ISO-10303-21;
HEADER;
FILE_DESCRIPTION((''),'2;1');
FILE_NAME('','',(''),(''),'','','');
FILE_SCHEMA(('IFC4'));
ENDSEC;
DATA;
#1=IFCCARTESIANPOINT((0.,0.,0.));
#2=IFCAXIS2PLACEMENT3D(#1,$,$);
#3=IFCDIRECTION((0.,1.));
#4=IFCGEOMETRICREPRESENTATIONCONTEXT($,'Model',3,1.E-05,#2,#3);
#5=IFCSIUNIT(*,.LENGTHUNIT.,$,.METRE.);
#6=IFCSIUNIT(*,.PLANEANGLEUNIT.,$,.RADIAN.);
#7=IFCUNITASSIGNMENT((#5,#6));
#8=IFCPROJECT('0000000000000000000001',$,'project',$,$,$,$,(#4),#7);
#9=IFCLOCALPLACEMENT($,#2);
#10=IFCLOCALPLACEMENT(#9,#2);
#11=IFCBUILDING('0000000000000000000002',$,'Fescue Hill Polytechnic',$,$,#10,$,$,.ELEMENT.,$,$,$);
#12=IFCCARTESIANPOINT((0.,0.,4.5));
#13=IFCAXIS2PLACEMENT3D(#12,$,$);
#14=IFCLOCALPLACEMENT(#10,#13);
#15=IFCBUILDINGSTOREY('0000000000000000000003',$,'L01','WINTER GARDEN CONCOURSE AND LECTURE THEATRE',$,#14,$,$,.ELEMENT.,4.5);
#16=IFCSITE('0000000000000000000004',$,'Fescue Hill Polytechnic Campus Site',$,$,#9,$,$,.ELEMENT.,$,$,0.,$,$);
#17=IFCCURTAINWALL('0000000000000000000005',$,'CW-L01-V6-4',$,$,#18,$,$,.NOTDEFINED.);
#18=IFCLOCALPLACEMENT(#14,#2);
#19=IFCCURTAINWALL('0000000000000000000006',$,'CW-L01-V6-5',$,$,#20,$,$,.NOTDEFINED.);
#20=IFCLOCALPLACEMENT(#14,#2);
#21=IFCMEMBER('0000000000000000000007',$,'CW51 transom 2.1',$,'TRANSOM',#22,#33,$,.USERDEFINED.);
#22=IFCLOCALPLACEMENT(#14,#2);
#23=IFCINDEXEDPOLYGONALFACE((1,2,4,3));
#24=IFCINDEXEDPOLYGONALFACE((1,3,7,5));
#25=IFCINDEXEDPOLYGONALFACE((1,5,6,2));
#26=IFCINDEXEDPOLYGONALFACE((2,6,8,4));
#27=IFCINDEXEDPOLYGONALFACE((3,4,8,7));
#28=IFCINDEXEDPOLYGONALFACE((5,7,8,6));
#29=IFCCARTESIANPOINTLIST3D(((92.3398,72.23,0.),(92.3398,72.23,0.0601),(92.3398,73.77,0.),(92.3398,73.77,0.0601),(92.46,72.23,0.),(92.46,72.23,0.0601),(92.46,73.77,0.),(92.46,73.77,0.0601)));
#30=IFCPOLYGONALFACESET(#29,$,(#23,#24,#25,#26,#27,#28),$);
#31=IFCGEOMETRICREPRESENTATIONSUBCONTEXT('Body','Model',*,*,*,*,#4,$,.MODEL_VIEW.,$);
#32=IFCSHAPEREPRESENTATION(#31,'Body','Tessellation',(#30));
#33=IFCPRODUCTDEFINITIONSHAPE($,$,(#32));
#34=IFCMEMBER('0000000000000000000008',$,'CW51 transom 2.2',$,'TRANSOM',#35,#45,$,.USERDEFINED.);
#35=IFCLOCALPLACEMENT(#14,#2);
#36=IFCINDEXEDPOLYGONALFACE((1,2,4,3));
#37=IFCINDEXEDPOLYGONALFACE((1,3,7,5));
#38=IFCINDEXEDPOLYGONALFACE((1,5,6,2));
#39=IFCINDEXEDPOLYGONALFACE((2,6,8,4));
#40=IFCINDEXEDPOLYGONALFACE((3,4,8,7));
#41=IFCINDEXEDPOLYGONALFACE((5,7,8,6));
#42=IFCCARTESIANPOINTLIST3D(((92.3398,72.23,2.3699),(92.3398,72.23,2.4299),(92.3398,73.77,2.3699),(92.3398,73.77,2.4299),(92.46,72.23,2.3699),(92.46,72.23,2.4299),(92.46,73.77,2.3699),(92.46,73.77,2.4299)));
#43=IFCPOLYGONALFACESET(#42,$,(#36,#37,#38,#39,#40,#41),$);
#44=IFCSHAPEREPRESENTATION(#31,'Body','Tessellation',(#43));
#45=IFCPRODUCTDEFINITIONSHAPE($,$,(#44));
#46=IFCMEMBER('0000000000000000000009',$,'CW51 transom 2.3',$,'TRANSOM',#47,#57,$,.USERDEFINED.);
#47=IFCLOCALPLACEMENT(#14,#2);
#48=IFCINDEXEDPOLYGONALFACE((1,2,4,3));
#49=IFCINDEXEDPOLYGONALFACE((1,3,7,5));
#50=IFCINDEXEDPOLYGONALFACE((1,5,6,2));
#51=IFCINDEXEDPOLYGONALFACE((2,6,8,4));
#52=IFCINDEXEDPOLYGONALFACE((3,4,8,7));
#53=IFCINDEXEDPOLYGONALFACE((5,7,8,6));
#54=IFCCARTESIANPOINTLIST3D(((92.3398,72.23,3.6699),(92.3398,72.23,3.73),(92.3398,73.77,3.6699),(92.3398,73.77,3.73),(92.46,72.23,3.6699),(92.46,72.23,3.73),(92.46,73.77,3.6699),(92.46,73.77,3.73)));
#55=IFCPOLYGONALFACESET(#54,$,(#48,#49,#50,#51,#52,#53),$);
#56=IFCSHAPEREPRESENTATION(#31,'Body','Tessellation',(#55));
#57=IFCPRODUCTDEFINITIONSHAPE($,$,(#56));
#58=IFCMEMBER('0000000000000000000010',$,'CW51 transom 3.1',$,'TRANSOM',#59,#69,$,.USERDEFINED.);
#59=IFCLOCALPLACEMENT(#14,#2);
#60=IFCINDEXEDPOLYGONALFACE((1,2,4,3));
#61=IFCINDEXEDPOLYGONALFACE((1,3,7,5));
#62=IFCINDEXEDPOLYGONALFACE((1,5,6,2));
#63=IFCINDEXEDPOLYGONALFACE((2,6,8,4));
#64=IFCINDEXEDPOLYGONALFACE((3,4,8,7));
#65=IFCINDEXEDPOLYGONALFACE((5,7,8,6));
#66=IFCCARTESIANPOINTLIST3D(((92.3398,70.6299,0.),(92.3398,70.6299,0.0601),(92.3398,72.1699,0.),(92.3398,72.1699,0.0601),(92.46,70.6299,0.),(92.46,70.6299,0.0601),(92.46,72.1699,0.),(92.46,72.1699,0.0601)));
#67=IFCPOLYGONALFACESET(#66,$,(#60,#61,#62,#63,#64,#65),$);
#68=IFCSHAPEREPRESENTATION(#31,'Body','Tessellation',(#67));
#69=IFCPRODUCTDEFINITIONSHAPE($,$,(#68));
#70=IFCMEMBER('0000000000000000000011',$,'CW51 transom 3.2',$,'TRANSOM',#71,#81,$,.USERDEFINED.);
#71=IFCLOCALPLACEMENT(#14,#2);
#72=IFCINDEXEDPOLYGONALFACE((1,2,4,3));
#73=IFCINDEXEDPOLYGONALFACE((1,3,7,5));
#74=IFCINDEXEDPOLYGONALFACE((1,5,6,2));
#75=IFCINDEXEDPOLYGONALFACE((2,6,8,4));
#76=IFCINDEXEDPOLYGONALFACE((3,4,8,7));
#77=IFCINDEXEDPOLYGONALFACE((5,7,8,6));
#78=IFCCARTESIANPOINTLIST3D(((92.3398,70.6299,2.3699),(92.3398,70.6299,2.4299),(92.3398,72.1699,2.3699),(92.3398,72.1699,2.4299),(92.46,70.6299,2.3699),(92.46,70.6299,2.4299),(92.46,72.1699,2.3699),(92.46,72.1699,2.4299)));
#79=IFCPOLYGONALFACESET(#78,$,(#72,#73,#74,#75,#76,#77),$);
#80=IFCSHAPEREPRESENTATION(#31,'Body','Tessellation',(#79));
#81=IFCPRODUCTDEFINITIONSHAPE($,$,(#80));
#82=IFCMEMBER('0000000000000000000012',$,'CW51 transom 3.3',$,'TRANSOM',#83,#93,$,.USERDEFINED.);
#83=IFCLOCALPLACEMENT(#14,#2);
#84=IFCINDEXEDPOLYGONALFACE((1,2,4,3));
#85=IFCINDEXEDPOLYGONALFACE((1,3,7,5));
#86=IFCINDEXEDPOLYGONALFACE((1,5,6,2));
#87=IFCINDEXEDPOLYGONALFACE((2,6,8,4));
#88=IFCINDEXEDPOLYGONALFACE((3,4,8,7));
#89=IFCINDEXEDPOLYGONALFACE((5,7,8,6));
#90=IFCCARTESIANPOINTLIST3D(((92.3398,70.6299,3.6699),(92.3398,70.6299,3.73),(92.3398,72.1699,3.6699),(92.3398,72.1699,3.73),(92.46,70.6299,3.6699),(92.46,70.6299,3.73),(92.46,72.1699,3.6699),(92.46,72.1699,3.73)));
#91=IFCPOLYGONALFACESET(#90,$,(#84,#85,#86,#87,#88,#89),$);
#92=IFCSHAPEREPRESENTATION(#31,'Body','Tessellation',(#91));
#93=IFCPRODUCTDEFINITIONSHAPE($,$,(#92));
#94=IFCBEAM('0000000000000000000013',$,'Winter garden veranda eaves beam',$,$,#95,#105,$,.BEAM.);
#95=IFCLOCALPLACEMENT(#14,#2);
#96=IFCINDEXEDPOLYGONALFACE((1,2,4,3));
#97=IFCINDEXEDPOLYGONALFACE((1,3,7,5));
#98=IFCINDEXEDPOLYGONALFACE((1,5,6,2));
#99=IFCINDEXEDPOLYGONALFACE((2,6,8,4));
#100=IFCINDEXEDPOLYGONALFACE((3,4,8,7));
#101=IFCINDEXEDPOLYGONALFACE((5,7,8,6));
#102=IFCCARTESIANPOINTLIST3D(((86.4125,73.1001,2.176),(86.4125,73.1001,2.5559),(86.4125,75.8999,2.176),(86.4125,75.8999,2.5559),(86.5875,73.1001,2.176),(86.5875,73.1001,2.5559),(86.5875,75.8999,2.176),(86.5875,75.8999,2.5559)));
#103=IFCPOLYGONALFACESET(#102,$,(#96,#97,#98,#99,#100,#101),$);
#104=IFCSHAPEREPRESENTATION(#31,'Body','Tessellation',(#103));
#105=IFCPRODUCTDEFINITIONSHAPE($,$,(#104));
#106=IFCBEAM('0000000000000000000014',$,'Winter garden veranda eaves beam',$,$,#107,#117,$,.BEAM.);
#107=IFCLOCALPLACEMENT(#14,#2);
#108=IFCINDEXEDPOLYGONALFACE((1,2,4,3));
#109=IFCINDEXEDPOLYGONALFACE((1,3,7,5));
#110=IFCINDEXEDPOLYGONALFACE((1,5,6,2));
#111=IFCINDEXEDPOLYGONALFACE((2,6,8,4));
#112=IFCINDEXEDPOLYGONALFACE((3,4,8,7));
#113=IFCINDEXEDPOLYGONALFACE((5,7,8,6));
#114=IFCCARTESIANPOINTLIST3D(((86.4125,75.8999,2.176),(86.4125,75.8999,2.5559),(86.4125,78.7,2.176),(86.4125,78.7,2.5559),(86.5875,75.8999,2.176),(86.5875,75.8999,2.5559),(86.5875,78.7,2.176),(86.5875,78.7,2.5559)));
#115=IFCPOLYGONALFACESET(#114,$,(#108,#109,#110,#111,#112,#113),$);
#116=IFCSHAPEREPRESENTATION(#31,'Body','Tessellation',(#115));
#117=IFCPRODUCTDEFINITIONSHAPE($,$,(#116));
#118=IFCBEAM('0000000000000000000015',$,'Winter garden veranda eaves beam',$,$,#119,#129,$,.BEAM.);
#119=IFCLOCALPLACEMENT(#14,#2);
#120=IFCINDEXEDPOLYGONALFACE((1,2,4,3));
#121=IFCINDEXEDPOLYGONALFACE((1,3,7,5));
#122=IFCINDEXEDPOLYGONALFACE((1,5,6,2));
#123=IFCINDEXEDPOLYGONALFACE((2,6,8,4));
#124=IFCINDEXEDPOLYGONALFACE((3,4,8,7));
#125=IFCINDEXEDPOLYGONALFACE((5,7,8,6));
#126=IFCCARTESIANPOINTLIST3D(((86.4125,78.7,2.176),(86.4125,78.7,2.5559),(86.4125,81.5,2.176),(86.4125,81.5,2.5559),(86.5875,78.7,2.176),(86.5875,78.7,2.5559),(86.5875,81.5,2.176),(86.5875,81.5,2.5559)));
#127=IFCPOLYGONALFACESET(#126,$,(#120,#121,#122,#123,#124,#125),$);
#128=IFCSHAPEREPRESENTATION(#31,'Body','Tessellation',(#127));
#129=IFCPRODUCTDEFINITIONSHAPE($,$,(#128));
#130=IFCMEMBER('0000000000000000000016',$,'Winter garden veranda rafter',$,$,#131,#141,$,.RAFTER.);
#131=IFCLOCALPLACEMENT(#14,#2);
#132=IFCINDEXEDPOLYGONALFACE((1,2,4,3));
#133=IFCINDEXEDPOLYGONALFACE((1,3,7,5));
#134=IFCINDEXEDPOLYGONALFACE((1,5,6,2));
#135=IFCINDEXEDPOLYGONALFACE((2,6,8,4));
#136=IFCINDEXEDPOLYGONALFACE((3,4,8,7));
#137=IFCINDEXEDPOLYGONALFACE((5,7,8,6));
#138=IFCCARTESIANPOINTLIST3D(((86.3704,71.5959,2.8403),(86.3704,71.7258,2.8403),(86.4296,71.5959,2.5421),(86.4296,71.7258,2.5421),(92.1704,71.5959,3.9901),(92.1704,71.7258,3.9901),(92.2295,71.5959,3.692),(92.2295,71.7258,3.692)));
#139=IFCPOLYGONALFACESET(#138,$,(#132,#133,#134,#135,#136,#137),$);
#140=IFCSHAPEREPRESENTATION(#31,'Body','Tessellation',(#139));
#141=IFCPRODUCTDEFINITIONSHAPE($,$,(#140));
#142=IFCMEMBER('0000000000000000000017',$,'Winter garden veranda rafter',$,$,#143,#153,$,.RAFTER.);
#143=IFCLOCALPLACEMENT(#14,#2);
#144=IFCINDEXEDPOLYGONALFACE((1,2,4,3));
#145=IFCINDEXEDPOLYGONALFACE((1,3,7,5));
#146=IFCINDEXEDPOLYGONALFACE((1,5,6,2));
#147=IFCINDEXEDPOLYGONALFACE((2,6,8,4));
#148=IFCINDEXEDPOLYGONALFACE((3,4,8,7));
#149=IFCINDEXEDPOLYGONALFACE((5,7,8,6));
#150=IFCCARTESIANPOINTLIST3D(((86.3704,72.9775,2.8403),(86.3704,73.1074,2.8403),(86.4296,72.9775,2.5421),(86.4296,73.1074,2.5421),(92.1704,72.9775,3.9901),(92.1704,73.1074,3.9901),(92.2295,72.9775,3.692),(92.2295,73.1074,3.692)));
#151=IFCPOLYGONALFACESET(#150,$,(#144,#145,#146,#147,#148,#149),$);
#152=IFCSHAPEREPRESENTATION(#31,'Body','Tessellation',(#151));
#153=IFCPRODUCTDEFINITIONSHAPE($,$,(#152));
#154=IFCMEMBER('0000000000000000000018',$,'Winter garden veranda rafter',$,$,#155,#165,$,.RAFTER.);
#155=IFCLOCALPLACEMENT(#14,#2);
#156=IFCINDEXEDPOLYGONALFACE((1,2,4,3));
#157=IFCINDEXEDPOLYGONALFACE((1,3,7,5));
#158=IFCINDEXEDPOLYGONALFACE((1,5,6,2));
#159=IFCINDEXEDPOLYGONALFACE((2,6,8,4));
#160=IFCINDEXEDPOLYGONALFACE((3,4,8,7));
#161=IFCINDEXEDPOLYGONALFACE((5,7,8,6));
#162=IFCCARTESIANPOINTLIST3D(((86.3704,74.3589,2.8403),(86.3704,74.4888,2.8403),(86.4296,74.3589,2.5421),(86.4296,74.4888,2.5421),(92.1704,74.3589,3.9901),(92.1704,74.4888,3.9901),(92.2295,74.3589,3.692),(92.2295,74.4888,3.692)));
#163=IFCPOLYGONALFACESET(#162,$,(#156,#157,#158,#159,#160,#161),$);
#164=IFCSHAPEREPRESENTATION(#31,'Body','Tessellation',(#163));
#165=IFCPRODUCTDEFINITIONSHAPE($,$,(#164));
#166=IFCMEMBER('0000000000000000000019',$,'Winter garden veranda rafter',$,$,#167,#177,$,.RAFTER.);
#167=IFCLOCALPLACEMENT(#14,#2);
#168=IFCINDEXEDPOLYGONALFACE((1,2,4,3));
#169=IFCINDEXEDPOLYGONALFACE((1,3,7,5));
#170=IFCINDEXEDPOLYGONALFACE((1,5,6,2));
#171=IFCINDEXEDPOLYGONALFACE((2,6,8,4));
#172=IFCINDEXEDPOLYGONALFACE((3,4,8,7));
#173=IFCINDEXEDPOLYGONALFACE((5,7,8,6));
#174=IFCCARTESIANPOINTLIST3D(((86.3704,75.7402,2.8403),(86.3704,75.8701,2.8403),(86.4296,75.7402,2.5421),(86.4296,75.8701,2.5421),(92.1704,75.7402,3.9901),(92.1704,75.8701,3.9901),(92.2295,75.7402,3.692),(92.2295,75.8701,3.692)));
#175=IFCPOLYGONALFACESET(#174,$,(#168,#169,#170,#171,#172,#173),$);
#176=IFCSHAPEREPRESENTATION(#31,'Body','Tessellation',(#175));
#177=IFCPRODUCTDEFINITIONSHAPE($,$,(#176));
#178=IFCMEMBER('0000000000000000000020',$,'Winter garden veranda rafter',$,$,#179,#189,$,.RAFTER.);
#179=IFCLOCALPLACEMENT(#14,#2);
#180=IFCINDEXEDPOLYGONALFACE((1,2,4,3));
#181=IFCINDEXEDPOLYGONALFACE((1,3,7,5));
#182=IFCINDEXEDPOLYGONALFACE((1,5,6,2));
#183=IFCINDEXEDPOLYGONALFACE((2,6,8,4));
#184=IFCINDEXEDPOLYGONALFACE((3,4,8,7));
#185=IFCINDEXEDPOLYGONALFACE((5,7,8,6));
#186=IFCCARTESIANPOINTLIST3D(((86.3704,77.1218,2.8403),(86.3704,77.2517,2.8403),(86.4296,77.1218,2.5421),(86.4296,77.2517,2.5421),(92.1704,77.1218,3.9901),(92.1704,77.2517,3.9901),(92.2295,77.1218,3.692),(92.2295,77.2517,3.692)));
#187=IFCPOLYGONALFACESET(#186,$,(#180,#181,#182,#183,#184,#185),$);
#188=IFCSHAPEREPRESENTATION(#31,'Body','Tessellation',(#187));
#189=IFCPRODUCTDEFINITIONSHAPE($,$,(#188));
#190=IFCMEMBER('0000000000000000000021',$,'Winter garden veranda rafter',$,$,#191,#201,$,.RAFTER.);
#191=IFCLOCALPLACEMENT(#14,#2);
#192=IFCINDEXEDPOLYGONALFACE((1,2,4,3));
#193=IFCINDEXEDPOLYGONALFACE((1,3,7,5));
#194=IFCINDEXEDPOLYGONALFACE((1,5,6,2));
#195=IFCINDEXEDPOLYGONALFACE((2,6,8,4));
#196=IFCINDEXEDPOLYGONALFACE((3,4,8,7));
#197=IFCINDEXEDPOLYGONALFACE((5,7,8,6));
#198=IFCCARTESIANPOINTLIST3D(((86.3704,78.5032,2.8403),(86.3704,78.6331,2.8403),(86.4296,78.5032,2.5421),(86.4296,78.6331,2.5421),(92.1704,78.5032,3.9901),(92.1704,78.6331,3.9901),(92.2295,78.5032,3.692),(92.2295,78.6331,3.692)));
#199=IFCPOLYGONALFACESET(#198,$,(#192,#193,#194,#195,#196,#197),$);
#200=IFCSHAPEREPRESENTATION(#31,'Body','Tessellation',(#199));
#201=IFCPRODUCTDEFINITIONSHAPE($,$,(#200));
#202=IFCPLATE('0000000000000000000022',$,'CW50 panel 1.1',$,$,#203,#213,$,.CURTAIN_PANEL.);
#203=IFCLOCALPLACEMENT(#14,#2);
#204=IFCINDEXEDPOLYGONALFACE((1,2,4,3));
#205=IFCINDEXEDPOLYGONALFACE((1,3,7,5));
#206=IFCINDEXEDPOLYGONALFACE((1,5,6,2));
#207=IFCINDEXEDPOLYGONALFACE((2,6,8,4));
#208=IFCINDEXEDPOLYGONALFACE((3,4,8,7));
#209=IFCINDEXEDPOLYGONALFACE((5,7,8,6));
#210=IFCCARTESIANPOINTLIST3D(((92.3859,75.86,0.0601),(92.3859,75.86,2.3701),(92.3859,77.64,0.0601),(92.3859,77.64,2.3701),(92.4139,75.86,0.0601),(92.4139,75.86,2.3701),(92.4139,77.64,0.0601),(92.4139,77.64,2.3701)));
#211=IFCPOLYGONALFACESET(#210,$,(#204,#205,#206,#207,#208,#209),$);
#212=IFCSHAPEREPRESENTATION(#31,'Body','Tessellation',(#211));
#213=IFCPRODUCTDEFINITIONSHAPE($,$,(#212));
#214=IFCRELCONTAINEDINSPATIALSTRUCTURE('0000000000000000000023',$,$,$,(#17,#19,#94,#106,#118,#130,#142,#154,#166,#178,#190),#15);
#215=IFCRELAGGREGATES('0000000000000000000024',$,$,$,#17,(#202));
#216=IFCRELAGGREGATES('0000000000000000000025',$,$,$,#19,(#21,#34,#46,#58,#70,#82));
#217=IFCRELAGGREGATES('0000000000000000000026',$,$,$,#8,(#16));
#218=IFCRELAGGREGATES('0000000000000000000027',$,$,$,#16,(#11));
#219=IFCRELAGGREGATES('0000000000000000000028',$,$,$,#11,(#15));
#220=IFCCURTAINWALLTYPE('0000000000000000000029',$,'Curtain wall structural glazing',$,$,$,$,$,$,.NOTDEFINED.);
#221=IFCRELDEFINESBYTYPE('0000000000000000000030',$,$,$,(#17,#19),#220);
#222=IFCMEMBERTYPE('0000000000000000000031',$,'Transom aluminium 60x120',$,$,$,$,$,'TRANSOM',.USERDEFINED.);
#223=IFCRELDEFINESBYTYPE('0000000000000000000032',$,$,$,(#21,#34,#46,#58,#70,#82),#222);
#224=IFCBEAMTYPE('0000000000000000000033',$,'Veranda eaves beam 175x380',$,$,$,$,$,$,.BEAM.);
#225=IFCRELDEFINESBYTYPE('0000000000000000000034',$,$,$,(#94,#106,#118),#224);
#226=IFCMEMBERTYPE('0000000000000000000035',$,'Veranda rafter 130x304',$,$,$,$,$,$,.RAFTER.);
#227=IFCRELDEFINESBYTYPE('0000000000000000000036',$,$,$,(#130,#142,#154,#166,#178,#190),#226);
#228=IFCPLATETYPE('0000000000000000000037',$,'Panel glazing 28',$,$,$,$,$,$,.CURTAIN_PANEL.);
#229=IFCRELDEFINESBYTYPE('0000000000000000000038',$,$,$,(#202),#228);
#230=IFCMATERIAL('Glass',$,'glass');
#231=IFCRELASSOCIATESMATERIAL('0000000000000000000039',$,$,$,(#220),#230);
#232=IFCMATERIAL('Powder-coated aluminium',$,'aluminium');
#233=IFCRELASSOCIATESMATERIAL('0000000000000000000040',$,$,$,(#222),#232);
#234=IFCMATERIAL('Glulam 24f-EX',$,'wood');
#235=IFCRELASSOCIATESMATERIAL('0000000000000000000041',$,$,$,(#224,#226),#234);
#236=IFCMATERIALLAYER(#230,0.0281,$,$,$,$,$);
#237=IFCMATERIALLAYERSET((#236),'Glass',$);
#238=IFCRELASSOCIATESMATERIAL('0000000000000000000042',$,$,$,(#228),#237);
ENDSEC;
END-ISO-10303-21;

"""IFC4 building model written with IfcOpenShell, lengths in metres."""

from ifc_helpers import new_model, si_unit, direction, frame, origin, origin_2d, place, context, subcontext, project, spatial, rectangle, extrude, material, layer, layer_set, material_profile, profile_set, type_object, element, aggregate, save


model = new_model("IFC4")

# Units and contexts
model_context = context("Model", 3, precision=1e-05, world=origin(), true_north=direction((0.0, 1.0)))
body_context = subcontext(model_context, "Body", "Model", "MODEL_VIEW")
ifc_project = project(units=[si_unit("LENGTHUNIT", "METRE"), si_unit("PLANEANGLEUNIT", "RADIAN")], contexts=[model_context])

# Site, building, storey
site_placement = place(None, origin())
site = spatial("IfcSite", under=ifc_project, at=site_placement, Name="Fescue Hill Polytechnic Campus Site", CompositionType="ELEMENT", RefElevation=0.0)
building_placement = place(site_placement, origin())
building = spatial("IfcBuilding", under=site, at=building_placement, Name="Fescue Hill Polytechnic", CompositionType="ELEMENT")
storey_placement = place(building_placement, frame((0.0, 0.0, 4.5)))
storey = spatial("IfcBuildingStorey", under=building, at=storey_placement, Name="L01", Description="WINTER GARDEN CONCOURSE AND LECTURE THEATRE", CompositionType="ELEMENT", Elevation=4.5)

# Curtain walls
ifc_material_1 = material(Name="Glass", Category="glass")
curtain_wall_type = type_object("IfcCurtainWallType", Name="Curtain wall structural glazing", PredefinedType="NOTDEFINED", material=ifc_material_1)
curtain_wall_1_placement = place(storey_placement, origin())
curtain_wall_1 = element("IfcCurtainWall", 1, at=curtain_wall_1_placement, inside=storey, type_object=curtain_wall_type, Name="CW-L01-V6-4", PredefinedType="NOTDEFINED")
ifc_material_2 = material(Name="Powder-coated aluminium", Category="aluminium")
curtain_wall_2_placement = place(storey_placement, origin())
curtain_wall_2 = element("IfcCurtainWall", 2, at=curtain_wall_2_placement, inside=storey, type_object=curtain_wall_type, Name="CW-L01-V6-5", PredefinedType="NOTDEFINED")

# Members
ifc_material_profile_1 = material_profile(ifc_material_2, rectangle(XDim=0.1201, YDim=0.0601, at=origin_2d()), Name="Transom aluminium 60x120")
ifc_profile_set_1 = profile_set([ifc_material_profile_1], Name="Powder-coated aluminium")
member_type_1 = type_object("IfcMemberType", Name="Transom aluminium 60x120", ElementType="TRANSOM", PredefinedType="USERDEFINED", material=ifc_profile_set_1)
member_1_placement = place(storey_placement, frame((92.3999, 73.77, 0.03), z_axis=(0.0, -1.0, 0.0), x_axis=(1.0, 0.0, 0.0)))
member_1 = element("IfcMember", 3, at=member_1_placement, type_object=member_type_1, Name="CW51 transom 2.1", ObjectType="TRANSOM", PredefinedType="USERDEFINED", context=body_context, shape_type="SweptSolid", body=[
    extrude(rectangle(XDim=0.1201, YDim=0.0601, at=origin_2d()), origin(), (0.0, 0.0, 1.0), 1.54),
])
member_2_placement = place(storey_placement, frame((92.3999, 73.77, 2.3999), z_axis=(0.0, -1.0, 0.0), x_axis=(1.0, 0.0, 0.0)))
member_2 = element("IfcMember", 4, at=member_2_placement, type_object=member_type_1, Name="CW51 transom 2.2", ObjectType="TRANSOM", PredefinedType="USERDEFINED", context=body_context, shape_type="SweptSolid", body=[
    extrude(rectangle(XDim=0.1201, YDim=0.0601, at=origin_2d()), origin(), (0.0, 0.0, 1.0), 1.54),
])
member_3_placement = place(storey_placement, frame((92.3999, 73.77, 3.7), z_axis=(0.0, -1.0, 0.0), x_axis=(1.0, 0.0, 0.0)))
member_3 = element("IfcMember", 5, at=member_3_placement, type_object=member_type_1, Name="CW51 transom 2.3", ObjectType="TRANSOM", PredefinedType="USERDEFINED", context=body_context, shape_type="SweptSolid", body=[
    extrude(rectangle(XDim=0.1201, YDim=0.0601, at=origin_2d()), origin(), (0.0, 0.0, 1.0), 1.54),
])
member_4_placement = place(storey_placement, frame((92.3999, 72.1699, 0.03), z_axis=(0.0, -1.0, 0.0), x_axis=(1.0, 0.0, 0.0)))
member_4 = element("IfcMember", 6, at=member_4_placement, type_object=member_type_1, Name="CW51 transom 3.1", ObjectType="TRANSOM", PredefinedType="USERDEFINED", context=body_context, shape_type="SweptSolid", body=[
    extrude(rectangle(XDim=0.1201, YDim=0.0601, at=origin_2d()), origin(), (0.0, 0.0, 1.0), 1.54),
])
member_5_placement = place(storey_placement, frame((92.3999, 72.1699, 2.3999), z_axis=(0.0, -1.0, 0.0), x_axis=(1.0, 0.0, 0.0)))
member_5 = element("IfcMember", 7, at=member_5_placement, type_object=member_type_1, Name="CW51 transom 3.2", ObjectType="TRANSOM", PredefinedType="USERDEFINED", context=body_context, shape_type="SweptSolid", body=[
    extrude(rectangle(XDim=0.1201, YDim=0.0601, at=origin_2d()), origin(), (0.0, 0.0, 1.0), 1.54),
])
member_6_placement = place(storey_placement, frame((92.3999, 72.1699, 3.7), z_axis=(0.0, -1.0, 0.0), x_axis=(1.0, 0.0, 0.0)))
member_6 = element("IfcMember", 8, at=member_6_placement, type_object=member_type_1, Name="CW51 transom 3.3", ObjectType="TRANSOM", PredefinedType="USERDEFINED", context=body_context, shape_type="SweptSolid", body=[
    extrude(rectangle(XDim=0.1201, YDim=0.0601, at=origin_2d()), origin(), (0.0, 0.0, 1.0), 1.54),
])

# Beams
ifc_material_3 = material(Name="Glulam 24f-EX", Category="wood")
ifc_material_profile_2 = material_profile(ifc_material_3, rectangle(XDim=0.175, YDim=0.3799, at=origin_2d()), Name="Veranda eaves beam 175x380")
ifc_profile_set_2 = profile_set([ifc_material_profile_2], Name="Glulam 24f-EX")
beam_type = type_object("IfcBeamType", Name="Veranda eaves beam 175x380", PredefinedType="BEAM", material=ifc_profile_set_2)
beam_placement = place(storey_placement, frame((86.5, 73.1001, 2.366), z_axis=(0.0, 1.0, 0.0), x_axis=(-1.0, 0.0, 0.0)))
element("IfcBeam", 9, at=beam_placement, inside=storey, type_object=beam_type, Name="Winter garden veranda eaves beam", PredefinedType="BEAM", context=body_context, shape_type="SweptSolid", body=[
    extrude(rectangle(XDim=0.175, YDim=0.3799, at=origin_2d()), origin(), (0.0, 0.0, 1.0), 2.7998),
])
for number, where, z_axis, x_axis, name in (
    (10, (86.5, 75.8999, 2.366), (0.0, 1.0, 0.0), (-1.0, 0.0, 0.0), "Winter garden veranda eaves beam"),
    (11, (86.5, 78.7, 2.366), (0.0, 1.0, 0.0), (-1.0, 0.0, 0.0), "Winter garden veranda eaves beam"),
):
    element("IfcBeam", number, at=place(storey_placement, frame(where, z_axis=z_axis, x_axis=x_axis)), inside=storey, type_object=beam_type, Name=name, PredefinedType="BEAM", context=body_context, shape_type="SweptSolid", body=[
        extrude(rectangle(XDim=0.175, YDim=0.3799, at=origin_2d()), origin(), (0.0, 0.0, 1.0), 2.8),
    ])

# Members
ifc_material_profile_3 = material_profile(ifc_material_3, rectangle(XDim=0.1299, YDim=0.304, at=origin_2d()), Name="Veranda rafter 130x304")
ifc_profile_set_3 = profile_set([ifc_material_profile_3], Name="Glulam 24f-EX")
member_type_2 = type_object("IfcMemberType", Name="Veranda rafter 130x304", PredefinedType="RAFTER", material=ifc_profile_set_3)
for number, where, z_axis, x_axis, name in (
    (12, (92.2, 71.6609, 3.8411), (-0.980908, 0.0, -0.194472), (0.0, -1.0, 0.0), "Winter garden veranda rafter"),
    (13, (92.2, 73.0425, 3.8411), (-0.980908, 0.0, -0.194472), (0.0, -1.0, 0.0), "Winter garden veranda rafter"),
    (14, (92.2, 74.4238, 3.8411), (-0.980908, 0.0, -0.194472), (0.0, -1.0, 0.0), "Winter garden veranda rafter"),
    (15, (92.2, 75.8052, 3.8411), (-0.980908, 0.0, -0.194472), (0.0, -1.0, 0.0), "Winter garden veranda rafter"),
    (16, (92.2, 77.1868, 3.8411), (-0.980908, 0.0, -0.194472), (0.0, -1.0, 0.0), "Winter garden veranda rafter"),
    (17, (92.2, 78.5681, 3.8411), (-0.980908, 0.0, -0.194472), (0.0, -1.0, 0.0), "Winter garden veranda rafter"),
):
    element("IfcMember", number, at=place(storey_placement, frame(where, z_axis=z_axis, x_axis=x_axis)), inside=storey, type_object=member_type_2, Name=name, PredefinedType="RAFTER", context=body_context, shape_type="SweptSolid", body=[
        extrude(rectangle(XDim=0.1299, YDim=0.304, at=origin_2d()), origin(), (0.0, 0.0, 1.0), 5.9128),
    ])

# Plate
ifc_layer = layer(ifc_material_1, 0.0281)
ifc_layer_set = layer_set([ifc_layer], Name="Glass")
plate_type = type_object("IfcPlateType", Name="Panel glazing 28", PredefinedType="CURTAIN_PANEL", material=ifc_layer_set)
plate_1_placement = place(storey_placement, frame((92.3999, 76.75, 0.0601), z_axis=(0.0, 0.0, 1.0), x_axis=(0.0, -1.0, 0.0)))
plate_1 = element("IfcPlate", 18, at=plate_1_placement, type_object=plate_type, Name="CW50 panel 1.1", PredefinedType="CURTAIN_PANEL", context=body_context, shape_type="SweptSolid", body=[
    extrude(rectangle(XDim=1.78, YDim=0.0281, at=origin_2d()), origin(), (0.0, 0.0, 1.0), 2.3101),
])
aggregate(curtain_wall_1, [plate_1])
aggregate(curtain_wall_2, [member_1, member_2, member_3, member_4, member_5, member_6])

save(model, "model.ifc")
